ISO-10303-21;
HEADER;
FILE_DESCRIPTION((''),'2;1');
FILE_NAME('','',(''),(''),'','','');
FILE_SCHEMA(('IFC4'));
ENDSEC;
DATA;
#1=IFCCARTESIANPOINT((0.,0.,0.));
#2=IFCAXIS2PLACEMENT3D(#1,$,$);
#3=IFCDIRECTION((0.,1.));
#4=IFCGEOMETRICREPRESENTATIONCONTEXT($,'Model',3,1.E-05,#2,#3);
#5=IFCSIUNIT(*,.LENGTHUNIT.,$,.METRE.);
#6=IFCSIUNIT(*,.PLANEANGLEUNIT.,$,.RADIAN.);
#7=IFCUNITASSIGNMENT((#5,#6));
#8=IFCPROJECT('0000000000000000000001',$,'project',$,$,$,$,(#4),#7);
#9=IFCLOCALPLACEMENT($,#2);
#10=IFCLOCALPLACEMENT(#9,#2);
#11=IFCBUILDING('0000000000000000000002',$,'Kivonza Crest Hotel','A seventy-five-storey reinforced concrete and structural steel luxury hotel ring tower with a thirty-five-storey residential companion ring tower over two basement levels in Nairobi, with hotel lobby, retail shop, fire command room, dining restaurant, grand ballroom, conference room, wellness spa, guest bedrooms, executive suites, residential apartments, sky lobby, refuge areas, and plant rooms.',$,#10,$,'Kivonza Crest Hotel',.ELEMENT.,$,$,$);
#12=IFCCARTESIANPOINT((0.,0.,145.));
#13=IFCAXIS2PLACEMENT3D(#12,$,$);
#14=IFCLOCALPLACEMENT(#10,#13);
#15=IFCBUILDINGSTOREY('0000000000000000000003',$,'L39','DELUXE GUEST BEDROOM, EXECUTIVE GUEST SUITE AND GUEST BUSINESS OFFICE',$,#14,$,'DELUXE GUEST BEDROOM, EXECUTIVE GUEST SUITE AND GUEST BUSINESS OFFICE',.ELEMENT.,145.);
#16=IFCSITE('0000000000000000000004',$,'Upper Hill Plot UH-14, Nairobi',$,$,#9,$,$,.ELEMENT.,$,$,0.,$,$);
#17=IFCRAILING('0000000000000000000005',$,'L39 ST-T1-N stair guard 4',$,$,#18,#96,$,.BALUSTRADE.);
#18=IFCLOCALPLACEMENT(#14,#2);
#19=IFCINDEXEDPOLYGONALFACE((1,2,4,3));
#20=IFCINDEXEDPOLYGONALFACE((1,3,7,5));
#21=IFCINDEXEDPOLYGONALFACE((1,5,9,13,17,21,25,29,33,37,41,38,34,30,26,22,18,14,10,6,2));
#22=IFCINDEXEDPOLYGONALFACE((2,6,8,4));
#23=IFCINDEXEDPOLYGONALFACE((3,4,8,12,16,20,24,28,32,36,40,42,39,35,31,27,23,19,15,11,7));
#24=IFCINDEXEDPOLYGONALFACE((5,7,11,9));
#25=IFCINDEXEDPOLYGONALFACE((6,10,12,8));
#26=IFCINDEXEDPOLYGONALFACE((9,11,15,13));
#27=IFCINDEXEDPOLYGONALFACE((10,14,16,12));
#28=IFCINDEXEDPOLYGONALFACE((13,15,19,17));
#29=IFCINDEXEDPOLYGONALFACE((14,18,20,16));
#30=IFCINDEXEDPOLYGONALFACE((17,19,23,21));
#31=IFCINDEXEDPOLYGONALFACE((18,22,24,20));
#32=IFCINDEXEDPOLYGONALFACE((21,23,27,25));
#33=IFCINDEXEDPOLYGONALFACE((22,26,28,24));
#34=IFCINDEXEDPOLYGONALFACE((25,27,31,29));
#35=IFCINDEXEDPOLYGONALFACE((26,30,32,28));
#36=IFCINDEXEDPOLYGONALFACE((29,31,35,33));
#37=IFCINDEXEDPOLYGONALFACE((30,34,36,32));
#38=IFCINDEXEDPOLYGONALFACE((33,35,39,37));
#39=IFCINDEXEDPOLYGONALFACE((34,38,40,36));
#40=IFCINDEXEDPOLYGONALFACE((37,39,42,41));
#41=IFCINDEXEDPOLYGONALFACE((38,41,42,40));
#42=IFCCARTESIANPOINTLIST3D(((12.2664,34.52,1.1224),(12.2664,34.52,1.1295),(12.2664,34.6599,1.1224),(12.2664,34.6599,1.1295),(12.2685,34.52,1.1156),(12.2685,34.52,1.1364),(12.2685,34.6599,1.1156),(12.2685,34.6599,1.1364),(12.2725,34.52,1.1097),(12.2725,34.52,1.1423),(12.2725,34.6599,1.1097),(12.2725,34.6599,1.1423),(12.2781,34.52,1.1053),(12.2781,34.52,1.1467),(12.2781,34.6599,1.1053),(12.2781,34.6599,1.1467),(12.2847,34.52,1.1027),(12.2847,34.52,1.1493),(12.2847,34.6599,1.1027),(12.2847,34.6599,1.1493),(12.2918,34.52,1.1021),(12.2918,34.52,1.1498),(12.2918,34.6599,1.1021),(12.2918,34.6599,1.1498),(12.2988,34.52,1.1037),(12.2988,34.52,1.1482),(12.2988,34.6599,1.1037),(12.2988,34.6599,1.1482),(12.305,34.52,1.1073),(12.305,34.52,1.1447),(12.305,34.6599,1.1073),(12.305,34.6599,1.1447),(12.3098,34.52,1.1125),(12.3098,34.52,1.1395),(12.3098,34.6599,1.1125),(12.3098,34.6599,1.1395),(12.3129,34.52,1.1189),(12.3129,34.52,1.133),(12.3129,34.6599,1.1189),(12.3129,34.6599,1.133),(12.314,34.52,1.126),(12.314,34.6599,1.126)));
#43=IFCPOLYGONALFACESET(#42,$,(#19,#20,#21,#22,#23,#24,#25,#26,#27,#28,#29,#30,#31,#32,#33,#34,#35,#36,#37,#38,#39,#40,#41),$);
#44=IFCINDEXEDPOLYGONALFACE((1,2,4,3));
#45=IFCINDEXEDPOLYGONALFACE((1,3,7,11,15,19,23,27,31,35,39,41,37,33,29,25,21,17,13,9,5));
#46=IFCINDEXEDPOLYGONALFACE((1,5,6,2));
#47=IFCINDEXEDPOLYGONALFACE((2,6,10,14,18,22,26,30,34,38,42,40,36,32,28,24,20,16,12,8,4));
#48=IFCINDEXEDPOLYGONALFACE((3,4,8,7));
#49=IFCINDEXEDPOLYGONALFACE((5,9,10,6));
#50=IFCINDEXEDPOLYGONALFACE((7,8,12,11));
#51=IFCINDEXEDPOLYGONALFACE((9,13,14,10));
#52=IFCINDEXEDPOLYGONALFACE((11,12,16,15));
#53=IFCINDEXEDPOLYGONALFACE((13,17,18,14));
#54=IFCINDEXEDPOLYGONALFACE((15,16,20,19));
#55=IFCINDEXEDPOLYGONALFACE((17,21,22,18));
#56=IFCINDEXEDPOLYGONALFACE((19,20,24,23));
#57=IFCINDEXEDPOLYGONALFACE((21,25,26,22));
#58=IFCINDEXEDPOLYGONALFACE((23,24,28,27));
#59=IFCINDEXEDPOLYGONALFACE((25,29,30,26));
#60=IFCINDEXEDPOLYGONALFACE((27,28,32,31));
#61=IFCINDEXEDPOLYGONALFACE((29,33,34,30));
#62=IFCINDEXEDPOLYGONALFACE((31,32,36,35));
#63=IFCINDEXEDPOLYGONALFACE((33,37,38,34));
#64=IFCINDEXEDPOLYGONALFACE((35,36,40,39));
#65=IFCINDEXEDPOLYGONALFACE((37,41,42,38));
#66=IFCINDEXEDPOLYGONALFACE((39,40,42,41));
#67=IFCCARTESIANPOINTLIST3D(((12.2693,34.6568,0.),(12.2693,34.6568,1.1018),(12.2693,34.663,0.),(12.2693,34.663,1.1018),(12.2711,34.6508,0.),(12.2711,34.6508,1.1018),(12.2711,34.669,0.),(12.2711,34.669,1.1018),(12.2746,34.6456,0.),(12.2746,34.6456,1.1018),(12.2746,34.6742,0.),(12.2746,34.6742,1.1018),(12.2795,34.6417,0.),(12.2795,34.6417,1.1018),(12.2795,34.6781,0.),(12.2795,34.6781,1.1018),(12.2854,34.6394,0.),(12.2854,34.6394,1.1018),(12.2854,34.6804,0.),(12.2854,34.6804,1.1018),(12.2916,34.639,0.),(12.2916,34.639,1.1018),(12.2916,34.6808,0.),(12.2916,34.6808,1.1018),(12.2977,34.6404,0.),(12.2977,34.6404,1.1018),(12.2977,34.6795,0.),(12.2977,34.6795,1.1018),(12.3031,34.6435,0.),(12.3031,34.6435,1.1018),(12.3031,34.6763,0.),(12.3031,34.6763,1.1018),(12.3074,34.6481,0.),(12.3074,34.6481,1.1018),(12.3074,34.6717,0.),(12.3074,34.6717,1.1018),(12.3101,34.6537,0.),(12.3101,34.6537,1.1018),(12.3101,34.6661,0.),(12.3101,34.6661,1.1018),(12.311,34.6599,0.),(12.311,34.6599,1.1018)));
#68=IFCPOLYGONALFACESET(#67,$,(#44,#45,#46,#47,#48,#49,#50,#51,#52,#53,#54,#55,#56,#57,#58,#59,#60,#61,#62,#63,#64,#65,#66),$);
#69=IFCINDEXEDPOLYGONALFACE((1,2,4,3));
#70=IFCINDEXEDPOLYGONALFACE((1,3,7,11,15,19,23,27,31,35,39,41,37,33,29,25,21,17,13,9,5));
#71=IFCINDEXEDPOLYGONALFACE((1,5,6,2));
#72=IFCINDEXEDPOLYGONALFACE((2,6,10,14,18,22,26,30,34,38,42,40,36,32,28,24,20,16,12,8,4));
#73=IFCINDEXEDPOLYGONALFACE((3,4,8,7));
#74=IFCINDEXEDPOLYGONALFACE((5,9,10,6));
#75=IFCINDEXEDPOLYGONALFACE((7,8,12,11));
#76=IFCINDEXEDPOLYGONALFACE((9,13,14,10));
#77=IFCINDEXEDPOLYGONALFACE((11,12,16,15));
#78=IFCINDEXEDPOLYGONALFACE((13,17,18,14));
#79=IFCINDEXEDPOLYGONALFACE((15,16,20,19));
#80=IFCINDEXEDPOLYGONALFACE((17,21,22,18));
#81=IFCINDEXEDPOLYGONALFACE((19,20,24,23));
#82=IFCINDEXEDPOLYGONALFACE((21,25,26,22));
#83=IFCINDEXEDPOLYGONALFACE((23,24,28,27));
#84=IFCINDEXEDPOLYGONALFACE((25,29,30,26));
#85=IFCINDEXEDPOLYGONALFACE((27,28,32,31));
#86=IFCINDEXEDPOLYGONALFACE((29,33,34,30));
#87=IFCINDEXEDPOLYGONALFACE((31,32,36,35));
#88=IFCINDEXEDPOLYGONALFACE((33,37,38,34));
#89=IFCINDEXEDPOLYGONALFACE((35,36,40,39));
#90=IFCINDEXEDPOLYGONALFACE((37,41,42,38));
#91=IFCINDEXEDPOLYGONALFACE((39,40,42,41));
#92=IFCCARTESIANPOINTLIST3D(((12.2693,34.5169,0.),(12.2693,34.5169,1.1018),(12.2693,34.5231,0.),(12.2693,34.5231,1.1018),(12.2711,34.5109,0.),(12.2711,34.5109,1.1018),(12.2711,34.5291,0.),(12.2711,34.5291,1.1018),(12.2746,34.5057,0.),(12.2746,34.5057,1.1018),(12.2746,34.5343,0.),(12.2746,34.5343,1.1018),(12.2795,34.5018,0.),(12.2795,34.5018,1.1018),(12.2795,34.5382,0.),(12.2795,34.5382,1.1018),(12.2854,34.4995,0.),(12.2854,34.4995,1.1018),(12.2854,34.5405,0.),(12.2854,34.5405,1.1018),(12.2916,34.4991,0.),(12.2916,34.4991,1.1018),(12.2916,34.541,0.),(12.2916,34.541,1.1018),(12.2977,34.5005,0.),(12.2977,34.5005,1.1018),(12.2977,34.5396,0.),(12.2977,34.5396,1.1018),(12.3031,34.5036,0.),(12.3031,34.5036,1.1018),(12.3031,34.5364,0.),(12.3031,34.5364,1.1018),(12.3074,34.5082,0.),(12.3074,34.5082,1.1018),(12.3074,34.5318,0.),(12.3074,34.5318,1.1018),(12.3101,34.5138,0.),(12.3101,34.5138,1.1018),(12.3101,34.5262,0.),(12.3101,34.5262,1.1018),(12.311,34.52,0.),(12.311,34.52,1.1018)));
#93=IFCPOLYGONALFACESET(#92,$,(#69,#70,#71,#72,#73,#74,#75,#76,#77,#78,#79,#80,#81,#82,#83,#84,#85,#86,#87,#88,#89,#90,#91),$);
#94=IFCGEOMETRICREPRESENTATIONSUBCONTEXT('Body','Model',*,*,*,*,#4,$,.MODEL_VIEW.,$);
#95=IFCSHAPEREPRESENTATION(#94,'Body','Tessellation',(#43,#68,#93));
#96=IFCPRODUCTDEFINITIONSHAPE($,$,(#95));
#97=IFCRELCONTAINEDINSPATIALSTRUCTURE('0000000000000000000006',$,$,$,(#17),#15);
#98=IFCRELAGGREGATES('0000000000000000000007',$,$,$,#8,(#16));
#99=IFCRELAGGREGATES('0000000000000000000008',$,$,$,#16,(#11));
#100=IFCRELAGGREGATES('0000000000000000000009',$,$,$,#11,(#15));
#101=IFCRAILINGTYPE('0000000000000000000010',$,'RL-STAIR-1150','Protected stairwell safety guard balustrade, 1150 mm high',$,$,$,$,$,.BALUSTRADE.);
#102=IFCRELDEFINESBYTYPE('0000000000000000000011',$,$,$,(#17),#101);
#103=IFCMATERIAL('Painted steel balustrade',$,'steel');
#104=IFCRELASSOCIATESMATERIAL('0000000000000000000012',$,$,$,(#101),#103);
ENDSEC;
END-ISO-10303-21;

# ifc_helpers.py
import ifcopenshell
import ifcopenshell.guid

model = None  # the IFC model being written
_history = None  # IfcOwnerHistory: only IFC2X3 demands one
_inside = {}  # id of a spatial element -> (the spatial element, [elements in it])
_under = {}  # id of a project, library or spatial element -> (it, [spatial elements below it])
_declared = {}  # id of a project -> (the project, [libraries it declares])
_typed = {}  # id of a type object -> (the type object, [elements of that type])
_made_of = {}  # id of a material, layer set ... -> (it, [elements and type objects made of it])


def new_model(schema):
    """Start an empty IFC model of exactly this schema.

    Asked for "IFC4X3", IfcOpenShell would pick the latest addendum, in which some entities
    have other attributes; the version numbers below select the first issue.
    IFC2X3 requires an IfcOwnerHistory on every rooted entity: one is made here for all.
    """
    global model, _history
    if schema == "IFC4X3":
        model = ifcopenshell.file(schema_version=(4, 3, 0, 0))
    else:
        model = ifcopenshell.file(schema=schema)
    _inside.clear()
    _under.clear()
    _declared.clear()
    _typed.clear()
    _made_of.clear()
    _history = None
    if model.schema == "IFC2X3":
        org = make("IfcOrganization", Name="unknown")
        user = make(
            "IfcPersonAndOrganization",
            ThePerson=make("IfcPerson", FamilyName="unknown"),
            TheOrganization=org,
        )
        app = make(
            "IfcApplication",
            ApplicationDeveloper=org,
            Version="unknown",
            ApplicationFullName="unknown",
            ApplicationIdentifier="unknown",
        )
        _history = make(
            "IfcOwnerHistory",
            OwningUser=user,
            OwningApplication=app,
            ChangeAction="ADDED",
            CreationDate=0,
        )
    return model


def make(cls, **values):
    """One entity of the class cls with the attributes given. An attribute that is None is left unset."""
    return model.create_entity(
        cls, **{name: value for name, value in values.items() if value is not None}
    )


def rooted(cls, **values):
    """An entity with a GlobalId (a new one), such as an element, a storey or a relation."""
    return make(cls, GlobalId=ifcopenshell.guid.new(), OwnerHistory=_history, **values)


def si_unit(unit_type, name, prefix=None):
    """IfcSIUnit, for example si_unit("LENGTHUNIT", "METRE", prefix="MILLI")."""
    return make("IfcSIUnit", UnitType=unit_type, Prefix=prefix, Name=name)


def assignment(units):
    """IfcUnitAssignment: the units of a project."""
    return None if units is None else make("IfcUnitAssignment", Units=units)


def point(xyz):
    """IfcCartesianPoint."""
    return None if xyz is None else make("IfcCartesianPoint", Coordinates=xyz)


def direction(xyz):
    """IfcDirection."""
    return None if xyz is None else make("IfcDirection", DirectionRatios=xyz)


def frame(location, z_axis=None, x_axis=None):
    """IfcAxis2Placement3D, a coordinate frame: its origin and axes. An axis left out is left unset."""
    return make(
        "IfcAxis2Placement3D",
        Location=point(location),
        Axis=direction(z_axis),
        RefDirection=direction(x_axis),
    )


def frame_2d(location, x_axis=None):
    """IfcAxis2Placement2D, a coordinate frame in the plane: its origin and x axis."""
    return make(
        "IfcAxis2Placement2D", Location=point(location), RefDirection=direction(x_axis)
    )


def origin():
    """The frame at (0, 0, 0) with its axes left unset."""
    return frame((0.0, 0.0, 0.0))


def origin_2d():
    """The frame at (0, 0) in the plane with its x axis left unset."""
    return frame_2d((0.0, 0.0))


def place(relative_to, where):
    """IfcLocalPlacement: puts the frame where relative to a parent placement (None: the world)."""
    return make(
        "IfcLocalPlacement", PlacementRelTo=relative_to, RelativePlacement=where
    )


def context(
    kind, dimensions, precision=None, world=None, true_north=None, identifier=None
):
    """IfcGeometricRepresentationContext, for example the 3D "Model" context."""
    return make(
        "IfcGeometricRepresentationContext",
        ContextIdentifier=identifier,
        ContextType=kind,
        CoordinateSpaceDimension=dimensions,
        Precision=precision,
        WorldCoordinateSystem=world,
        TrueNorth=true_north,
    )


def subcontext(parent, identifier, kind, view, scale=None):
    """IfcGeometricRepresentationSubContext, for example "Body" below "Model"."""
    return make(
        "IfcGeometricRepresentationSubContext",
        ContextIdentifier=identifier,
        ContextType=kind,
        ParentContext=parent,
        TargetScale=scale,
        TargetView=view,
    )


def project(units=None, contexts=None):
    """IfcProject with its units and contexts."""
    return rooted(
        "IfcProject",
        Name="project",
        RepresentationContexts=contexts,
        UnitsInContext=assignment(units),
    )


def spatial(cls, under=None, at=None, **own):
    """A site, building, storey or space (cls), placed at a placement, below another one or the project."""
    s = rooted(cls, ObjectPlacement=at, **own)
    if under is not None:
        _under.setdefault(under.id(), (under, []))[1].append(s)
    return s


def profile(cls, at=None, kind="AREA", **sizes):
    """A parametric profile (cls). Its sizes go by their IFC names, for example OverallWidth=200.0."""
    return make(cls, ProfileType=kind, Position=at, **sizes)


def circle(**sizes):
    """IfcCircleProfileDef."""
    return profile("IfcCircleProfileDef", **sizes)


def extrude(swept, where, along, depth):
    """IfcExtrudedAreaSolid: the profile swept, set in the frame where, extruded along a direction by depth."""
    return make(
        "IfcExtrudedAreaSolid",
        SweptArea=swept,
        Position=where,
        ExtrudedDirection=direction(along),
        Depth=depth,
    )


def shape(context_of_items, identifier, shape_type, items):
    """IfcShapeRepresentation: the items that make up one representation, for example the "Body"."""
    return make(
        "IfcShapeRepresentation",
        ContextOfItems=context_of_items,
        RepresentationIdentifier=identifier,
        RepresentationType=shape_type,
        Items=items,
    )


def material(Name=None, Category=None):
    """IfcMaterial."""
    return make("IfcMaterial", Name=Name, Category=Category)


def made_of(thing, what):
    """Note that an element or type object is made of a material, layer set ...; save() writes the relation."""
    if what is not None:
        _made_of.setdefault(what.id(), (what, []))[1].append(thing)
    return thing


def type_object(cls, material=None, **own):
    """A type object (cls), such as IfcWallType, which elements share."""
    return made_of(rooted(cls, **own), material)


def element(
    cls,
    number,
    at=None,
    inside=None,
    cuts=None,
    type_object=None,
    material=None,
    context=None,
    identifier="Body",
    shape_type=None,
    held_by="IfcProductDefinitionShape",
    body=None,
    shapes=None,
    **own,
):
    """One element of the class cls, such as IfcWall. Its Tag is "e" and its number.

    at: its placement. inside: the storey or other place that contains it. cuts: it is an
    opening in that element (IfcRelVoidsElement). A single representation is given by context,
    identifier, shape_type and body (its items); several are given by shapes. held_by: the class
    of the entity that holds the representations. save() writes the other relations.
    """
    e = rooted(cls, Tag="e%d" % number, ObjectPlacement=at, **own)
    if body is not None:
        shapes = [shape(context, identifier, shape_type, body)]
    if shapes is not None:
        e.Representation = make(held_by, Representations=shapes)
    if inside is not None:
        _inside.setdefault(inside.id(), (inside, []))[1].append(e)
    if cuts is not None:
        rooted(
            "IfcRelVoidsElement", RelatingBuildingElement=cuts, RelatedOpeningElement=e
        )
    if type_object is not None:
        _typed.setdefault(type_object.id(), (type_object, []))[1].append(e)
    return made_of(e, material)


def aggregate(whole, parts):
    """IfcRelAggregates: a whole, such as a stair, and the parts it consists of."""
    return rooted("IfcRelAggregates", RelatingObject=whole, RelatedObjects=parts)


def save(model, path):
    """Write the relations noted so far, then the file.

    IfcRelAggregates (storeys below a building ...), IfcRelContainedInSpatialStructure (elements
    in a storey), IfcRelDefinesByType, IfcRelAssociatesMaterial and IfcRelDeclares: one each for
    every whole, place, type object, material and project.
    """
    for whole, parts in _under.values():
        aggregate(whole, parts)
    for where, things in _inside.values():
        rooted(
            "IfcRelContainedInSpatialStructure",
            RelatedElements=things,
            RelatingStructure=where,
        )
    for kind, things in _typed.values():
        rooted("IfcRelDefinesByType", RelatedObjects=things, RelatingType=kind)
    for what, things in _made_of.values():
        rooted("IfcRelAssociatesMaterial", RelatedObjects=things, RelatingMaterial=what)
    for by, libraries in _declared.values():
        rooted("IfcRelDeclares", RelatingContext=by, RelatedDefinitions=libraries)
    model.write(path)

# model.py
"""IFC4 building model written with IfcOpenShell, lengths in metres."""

from ifc_helpers import new_model, si_unit, direction, frame, origin, origin_2d, place, context, subcontext, project, spatial, circle, extrude, material, type_object, element, save


model = new_model("IFC4")

# Units and contexts
model_context = context("Model", 3, precision=1e-05, world=origin(), true_north=direction((0.0, 1.0)))
body_context = subcontext(model_context, "Body", "Model", "MODEL_VIEW")
ifc_project = project(units=[si_unit("LENGTHUNIT", "METRE"), si_unit("PLANEANGLEUNIT", "RADIAN")], contexts=[model_context])

# Site, building, storey
site_placement = place(None, origin())
site = spatial("IfcSite", under=ifc_project, at=site_placement, Name="Upper Hill Plot UH-14, Nairobi", CompositionType="ELEMENT", RefElevation=0.0)
building_placement = place(site_placement, origin())
building = spatial("IfcBuilding", under=site, at=building_placement, Name="Kivonza Crest Hotel", Description="A seventy-five-storey reinforced concrete and structural steel luxury hotel ring tower with a thirty-five-storey residential companion ring tower over two basement levels in Nairobi, with hotel lobby, retail shop, fire command room, dining restaurant, grand ballroom, conference room, wellness spa, guest bedrooms, executive suites, residential apartments, sky lobby, refuge areas, and plant rooms.", LongName="Kivonza Crest Hotel", CompositionType="ELEMENT")
storey_placement = place(building_placement, frame((0.0, 0.0, 145.0)))
storey = spatial("IfcBuildingStorey", under=building, at=storey_placement, Name="L39", Description="DELUXE GUEST BEDROOM, EXECUTIVE GUEST SUITE AND GUEST BUSINESS OFFICE", LongName="DELUXE GUEST BEDROOM, EXECUTIVE GUEST SUITE AND GUEST BUSINESS OFFICE", CompositionType="ELEMENT", Elevation=145.0)

# Railing
ifc_material_1 = material(Name="Painted steel balustrade", Category="steel")
railing_type_1 = type_object("IfcRailingType", Name="RL-STAIR-1150", Description="Protected stairwell safety guard balustrade, 1150 mm high", PredefinedType="BALUSTRADE", material=ifc_material_1)
railing_1_placement = place(storey_placement, frame((12.29, 34.6599, 0.0)))
element("IfcRailing", 1, at=railing_1_placement, inside=storey, type_object=railing_type_1, Name="L39 ST-T1-N stair guard 4", PredefinedType="BALUSTRADE", context=body_context, shape_type="SweptSolid", body=[
    extrude(circle(Radius=0.0239, at=origin_2d()), frame((0.0, 0.0, 1.126), z_axis=(0.0, -1.0, 0.0), x_axis=(1.0, 0.0, 0.0)), (0.0, 0.0, 1.0), 0.1399),
    extrude(circle(Radius=0.021, at=origin_2d()), origin(), (0.0, 0.0, 1.0), 1.1018),
    extrude(circle(Radius=0.021, at=origin_2d()), frame((0.0, -0.1399, 0.0)), (0.0, 0.0, 1.0), 1.1018),
])

save(model, "model.ifc")
